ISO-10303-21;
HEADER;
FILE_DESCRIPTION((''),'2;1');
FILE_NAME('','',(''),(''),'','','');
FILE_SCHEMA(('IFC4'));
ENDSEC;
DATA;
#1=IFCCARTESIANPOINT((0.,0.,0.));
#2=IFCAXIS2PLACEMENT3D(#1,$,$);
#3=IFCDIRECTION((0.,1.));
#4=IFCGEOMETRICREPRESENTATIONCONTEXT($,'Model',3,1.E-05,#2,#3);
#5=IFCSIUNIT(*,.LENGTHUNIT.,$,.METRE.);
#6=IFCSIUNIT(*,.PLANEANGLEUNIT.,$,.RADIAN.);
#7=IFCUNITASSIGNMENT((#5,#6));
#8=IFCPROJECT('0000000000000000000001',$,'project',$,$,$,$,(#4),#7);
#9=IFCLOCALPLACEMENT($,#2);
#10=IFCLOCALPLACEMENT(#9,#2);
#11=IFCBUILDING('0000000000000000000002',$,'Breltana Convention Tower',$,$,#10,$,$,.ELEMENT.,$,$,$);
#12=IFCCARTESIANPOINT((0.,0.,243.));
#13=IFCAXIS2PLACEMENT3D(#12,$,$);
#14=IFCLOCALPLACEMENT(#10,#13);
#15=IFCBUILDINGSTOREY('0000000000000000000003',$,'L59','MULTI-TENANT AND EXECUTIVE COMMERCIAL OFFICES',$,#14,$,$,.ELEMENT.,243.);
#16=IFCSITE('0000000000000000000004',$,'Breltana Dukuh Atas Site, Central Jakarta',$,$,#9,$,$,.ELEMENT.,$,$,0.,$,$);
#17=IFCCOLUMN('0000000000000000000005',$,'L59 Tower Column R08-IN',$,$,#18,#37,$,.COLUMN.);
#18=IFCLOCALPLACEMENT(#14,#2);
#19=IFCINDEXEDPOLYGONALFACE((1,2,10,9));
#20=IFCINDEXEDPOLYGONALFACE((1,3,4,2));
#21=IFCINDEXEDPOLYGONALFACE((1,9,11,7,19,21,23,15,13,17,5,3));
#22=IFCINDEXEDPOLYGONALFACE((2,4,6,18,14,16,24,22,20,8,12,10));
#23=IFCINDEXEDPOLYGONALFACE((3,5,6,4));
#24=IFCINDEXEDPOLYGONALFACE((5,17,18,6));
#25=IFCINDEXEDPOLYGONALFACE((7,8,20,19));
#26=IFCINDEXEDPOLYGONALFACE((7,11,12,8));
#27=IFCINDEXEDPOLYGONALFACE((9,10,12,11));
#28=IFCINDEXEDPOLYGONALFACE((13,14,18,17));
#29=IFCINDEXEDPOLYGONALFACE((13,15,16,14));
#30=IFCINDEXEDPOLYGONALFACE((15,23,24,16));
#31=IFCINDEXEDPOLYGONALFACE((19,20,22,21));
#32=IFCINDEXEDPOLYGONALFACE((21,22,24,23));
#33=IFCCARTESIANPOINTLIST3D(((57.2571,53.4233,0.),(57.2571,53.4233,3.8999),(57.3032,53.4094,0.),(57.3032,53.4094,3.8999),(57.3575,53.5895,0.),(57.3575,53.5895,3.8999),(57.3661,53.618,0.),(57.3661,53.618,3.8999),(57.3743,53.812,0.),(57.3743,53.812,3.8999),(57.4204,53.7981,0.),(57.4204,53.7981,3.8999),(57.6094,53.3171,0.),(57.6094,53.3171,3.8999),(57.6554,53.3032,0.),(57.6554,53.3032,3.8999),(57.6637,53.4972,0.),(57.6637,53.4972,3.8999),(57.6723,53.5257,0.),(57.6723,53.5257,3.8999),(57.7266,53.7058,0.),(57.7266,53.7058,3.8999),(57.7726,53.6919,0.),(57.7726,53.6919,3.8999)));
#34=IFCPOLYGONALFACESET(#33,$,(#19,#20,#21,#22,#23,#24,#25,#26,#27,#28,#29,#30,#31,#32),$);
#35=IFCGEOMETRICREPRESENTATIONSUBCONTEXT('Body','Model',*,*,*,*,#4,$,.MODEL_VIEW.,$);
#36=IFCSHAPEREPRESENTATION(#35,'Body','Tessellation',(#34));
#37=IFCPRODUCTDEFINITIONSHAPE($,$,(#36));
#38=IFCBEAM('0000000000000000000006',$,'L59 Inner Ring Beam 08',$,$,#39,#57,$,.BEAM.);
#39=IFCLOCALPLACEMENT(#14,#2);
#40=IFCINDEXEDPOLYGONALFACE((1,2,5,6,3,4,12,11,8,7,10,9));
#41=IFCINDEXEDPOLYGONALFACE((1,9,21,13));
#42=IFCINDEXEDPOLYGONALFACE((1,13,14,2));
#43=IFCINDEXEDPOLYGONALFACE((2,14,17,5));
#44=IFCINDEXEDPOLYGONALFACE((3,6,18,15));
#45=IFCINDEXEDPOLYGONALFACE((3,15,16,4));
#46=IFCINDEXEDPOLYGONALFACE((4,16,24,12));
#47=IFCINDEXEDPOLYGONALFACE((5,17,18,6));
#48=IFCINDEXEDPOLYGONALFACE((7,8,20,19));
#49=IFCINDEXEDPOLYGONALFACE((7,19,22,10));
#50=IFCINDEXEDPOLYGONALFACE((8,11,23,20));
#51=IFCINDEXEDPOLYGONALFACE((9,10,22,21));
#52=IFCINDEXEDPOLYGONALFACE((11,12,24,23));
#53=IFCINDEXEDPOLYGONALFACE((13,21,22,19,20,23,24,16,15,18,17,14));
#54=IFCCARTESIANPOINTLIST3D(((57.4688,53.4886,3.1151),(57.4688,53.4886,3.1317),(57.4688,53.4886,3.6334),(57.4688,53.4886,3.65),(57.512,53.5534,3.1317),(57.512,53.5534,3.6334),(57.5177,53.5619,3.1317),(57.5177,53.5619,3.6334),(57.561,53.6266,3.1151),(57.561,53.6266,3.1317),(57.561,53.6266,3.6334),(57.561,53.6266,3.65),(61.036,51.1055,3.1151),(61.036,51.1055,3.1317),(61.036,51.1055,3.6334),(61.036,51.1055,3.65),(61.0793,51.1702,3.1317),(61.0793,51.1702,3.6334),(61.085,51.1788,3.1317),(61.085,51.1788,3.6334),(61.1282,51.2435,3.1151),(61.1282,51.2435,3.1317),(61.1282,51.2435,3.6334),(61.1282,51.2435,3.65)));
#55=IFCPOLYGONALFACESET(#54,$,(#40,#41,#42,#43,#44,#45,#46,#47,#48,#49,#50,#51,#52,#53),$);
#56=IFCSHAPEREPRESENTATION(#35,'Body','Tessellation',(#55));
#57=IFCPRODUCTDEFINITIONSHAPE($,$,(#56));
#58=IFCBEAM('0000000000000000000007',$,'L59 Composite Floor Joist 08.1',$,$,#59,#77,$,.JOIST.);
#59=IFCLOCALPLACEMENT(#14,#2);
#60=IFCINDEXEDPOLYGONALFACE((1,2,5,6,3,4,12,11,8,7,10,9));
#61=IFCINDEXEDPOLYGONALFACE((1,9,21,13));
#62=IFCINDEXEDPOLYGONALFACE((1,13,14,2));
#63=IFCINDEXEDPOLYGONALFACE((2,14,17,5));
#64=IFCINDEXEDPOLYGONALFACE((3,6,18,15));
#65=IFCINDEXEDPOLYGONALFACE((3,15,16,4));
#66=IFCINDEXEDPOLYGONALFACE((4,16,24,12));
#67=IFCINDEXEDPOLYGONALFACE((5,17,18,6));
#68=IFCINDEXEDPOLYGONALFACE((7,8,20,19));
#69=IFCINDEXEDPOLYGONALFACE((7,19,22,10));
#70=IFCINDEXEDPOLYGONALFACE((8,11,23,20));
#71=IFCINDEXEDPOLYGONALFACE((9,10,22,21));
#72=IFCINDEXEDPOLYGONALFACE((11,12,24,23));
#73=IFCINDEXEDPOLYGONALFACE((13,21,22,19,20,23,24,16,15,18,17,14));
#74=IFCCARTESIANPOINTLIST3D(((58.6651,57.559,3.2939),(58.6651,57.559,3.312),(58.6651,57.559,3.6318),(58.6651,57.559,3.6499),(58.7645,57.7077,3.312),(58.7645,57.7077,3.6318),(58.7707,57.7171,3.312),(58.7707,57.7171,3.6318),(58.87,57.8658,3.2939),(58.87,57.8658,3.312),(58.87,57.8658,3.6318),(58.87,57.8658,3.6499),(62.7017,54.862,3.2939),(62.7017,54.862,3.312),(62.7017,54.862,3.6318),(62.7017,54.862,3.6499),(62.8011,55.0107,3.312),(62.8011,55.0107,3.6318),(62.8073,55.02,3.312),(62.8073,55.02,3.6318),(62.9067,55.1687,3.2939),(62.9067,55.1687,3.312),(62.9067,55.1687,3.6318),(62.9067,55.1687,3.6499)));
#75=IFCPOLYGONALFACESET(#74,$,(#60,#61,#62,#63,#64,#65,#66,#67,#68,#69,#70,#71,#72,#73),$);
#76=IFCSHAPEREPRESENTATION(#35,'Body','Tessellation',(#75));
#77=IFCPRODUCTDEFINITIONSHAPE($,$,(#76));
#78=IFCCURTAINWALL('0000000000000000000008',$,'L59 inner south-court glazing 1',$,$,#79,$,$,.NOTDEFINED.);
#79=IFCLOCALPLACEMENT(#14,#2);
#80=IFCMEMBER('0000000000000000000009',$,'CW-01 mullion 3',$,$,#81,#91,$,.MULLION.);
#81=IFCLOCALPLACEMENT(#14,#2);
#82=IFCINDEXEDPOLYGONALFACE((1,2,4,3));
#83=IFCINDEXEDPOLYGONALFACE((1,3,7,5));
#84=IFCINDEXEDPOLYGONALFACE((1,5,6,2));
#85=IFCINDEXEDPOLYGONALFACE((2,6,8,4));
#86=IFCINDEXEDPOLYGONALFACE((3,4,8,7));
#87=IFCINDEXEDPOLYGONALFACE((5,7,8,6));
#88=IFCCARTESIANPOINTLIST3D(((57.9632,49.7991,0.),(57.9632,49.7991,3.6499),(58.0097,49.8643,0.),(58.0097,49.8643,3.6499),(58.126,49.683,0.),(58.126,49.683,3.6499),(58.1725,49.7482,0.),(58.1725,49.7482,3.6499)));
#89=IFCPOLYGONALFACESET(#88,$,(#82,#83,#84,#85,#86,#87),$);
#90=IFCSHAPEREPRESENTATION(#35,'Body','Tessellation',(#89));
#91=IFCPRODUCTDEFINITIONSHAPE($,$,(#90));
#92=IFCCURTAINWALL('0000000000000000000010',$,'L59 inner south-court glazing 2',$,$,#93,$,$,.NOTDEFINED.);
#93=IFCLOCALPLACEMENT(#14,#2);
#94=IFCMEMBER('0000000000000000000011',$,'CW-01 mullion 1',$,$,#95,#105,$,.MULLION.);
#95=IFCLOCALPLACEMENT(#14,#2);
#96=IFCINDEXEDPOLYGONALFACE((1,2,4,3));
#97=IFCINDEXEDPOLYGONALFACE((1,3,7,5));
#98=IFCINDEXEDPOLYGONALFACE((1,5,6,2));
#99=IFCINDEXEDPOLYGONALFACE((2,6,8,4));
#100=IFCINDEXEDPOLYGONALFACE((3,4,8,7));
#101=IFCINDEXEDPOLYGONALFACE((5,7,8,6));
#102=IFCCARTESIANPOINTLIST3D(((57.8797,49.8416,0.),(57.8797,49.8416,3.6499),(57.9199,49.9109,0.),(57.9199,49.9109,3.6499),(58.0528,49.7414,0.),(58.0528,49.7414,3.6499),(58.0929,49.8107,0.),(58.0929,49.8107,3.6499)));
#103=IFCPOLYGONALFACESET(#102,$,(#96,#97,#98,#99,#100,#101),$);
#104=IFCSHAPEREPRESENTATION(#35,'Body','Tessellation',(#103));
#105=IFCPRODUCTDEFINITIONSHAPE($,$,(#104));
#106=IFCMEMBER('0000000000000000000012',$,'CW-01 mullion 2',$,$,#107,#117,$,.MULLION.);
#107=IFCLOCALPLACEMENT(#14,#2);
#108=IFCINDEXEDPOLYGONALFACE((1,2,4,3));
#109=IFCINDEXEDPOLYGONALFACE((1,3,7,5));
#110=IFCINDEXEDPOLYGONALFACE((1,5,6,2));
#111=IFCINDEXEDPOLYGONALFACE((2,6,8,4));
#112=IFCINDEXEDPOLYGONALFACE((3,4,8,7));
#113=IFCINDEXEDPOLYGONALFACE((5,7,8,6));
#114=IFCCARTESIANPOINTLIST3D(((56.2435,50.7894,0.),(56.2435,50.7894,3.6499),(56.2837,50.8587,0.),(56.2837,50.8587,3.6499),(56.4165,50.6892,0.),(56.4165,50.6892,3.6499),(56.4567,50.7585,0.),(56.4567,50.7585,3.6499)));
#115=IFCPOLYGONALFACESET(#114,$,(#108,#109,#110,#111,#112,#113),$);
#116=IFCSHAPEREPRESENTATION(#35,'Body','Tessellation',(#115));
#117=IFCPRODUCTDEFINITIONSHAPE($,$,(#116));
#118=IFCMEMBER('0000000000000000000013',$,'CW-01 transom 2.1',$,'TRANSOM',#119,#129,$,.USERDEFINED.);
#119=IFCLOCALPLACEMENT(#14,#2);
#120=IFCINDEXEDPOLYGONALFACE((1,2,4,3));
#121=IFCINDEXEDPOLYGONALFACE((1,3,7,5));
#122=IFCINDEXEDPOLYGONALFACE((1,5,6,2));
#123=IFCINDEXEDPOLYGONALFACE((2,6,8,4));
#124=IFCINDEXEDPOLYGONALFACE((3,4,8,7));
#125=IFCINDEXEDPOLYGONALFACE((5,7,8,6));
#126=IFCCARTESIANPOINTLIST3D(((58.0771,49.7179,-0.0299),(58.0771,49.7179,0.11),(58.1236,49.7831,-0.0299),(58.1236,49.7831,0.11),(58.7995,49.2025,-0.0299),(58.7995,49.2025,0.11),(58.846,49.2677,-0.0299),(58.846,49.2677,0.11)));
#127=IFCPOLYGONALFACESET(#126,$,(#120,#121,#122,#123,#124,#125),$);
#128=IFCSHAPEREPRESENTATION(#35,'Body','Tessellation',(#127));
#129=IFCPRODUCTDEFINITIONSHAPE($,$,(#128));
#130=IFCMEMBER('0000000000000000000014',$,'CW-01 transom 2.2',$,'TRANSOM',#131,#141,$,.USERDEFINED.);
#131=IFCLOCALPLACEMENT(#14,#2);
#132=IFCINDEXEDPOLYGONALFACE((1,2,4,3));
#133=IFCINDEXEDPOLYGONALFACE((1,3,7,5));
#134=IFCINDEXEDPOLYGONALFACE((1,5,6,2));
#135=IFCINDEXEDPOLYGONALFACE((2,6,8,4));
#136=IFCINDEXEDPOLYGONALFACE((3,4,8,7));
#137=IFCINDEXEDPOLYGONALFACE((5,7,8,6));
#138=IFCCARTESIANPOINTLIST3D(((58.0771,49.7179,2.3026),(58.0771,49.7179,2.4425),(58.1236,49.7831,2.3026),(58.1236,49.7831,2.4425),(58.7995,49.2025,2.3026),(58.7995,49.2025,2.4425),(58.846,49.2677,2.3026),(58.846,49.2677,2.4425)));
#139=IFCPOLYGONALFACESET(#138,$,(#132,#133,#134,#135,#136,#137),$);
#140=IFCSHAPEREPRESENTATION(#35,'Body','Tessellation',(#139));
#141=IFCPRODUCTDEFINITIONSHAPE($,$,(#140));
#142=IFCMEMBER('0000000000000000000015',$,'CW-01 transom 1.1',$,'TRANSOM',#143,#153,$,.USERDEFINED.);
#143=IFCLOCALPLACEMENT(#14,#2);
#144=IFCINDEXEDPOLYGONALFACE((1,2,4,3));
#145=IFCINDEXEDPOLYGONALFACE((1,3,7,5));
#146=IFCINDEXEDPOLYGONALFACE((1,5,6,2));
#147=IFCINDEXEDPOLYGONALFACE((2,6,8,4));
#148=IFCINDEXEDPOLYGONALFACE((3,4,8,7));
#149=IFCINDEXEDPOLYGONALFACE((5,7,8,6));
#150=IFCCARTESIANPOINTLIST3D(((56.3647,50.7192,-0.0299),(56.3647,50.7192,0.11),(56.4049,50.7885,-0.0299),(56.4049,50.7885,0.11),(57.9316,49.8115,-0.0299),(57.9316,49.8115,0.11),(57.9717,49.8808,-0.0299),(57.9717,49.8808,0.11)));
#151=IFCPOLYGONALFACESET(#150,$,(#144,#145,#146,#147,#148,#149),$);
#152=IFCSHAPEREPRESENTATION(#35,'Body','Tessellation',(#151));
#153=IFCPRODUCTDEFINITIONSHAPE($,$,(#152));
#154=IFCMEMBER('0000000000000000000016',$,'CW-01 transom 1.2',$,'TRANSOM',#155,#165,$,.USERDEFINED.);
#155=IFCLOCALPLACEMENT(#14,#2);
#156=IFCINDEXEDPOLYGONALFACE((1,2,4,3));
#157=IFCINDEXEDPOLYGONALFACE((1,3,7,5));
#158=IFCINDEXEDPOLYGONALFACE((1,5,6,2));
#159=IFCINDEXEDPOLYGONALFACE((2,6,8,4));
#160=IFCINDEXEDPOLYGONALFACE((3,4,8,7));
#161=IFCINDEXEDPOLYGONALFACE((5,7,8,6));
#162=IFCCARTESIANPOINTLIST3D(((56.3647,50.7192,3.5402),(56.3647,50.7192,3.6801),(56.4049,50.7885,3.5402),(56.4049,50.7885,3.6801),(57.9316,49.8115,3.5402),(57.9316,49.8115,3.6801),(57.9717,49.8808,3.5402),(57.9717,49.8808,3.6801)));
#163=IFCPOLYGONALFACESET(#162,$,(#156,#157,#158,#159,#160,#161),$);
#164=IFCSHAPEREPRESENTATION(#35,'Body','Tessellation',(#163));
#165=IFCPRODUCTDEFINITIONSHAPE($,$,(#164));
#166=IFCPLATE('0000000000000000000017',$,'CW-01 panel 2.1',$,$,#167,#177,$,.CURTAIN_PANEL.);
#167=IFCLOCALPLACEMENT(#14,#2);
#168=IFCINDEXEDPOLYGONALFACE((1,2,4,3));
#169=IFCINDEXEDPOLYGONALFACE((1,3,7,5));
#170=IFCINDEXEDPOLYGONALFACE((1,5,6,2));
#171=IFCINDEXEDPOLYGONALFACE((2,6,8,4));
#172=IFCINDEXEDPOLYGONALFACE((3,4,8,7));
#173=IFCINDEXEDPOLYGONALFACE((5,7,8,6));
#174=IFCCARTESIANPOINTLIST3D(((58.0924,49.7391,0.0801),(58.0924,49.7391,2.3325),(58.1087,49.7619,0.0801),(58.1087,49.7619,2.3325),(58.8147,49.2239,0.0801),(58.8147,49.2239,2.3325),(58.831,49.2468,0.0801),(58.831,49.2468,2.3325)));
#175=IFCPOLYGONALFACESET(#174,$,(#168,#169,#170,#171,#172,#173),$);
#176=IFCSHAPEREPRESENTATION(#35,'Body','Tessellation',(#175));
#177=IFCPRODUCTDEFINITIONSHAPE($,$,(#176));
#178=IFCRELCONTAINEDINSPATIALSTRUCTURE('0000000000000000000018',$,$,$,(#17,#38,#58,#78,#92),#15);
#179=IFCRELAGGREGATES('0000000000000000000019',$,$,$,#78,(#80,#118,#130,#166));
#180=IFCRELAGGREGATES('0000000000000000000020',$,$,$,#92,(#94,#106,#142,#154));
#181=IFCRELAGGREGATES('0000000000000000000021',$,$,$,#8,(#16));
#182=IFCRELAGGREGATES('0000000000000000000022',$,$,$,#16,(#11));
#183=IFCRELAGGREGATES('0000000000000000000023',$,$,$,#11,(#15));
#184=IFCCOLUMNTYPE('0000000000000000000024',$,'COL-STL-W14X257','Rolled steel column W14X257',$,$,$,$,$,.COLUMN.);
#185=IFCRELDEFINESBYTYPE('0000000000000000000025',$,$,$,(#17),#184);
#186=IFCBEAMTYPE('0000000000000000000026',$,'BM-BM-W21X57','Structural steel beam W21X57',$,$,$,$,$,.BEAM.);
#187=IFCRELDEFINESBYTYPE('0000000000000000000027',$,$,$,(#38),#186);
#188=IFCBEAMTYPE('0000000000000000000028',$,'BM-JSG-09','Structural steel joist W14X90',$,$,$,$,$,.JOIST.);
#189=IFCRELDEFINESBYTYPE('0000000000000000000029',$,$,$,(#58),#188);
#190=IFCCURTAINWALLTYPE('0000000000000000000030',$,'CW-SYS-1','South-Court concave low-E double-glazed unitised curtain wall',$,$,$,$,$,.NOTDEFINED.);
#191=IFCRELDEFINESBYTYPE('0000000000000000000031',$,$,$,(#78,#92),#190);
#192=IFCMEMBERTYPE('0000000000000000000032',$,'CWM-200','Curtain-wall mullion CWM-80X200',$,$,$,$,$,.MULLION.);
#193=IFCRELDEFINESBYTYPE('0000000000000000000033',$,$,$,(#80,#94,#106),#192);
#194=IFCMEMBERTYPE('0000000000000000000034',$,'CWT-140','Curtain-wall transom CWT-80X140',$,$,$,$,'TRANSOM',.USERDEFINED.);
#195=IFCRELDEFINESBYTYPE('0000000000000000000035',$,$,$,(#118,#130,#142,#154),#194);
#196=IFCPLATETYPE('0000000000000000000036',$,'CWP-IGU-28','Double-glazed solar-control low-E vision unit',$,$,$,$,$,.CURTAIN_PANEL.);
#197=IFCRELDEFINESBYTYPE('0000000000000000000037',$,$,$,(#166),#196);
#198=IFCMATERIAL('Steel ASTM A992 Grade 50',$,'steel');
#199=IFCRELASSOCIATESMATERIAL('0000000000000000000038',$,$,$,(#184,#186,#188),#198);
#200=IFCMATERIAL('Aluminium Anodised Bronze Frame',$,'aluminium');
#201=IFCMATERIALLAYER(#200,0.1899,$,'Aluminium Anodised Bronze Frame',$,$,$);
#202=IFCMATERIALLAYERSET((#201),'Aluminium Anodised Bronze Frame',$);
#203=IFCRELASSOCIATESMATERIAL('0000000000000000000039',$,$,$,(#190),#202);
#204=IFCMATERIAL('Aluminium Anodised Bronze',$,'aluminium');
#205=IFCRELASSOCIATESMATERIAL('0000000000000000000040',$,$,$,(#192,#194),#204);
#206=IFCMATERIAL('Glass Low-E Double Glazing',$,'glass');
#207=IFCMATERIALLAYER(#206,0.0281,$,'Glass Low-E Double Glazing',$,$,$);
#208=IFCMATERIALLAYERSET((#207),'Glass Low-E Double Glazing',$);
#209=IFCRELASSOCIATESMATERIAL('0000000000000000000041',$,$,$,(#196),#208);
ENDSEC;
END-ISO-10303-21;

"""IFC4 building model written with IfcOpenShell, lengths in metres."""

from ifc_helpers import new_model, si_unit, direction, frame, origin, origin_2d, place, context, subcontext, project, spatial, rectangle, i_section, extrude, source, transform, mapped, material, layer, layer_set, material_profile, profile_set, type_object, element, aggregate, save


model = new_model("IFC4")

# Units and contexts
model_context = context("Model", 3, precision=1e-05, world=origin(), true_north=direction((0.0, 1.0)))
body_context = subcontext(model_context, "Body", "Model", "MODEL_VIEW")
ifc_project = project(units=[si_unit("LENGTHUNIT", "METRE"), si_unit("PLANEANGLEUNIT", "RADIAN")], contexts=[model_context])

# Site, building, storey
site_placement = place(None, origin())
site = spatial("IfcSite", under=ifc_project, at=site_placement, Name="Breltana Dukuh Atas Site, Central Jakarta", CompositionType="ELEMENT", RefElevation=0.0)
building_placement = place(site_placement, origin())
building = spatial("IfcBuilding", under=site, at=building_placement, Name="Breltana Convention Tower", CompositionType="ELEMENT")
storey_placement = place(building_placement, frame((0.0, 0.0, 243.0)))
storey = spatial("IfcBuildingStorey", under=building, at=storey_placement, Name="L59", Description="MULTI-TENANT AND EXECUTIVE COMMERCIAL OFFICES", CompositionType="ELEMENT", Elevation=243.0)

# Column
ifc_material_1 = material(Name="Steel ASTM A992 Grade 50", Category="steel")
ifc_material_profile_1 = material_profile(ifc_material_1, i_section(OverallWidth=0.406, OverallDepth=0.416, WebThickness=0.0298, FlangeThickness=0.0481, at=origin_2d()), Name="W14X257")
ifc_profile_set_1 = profile_set([ifc_material_profile_1], Name="Steel ASTM A992 Grade 50")
column_type = type_object("IfcColumnType", Name="COL-STL-W14X257", Description="Rolled steel column W14X257", PredefinedType="COLUMN", material=ifc_profile_set_1)
shared_shape_1 = source(origin(), body_context, "Body", "SweptSolid", [
    extrude(i_section(OverallWidth=0.406, OverallDepth=0.416, WebThickness=0.0298, FlangeThickness=0.0481, at=origin_2d()), origin(), (0.0, 0.0, 1.0), 3.8999),
])
column_placement = place(storey_placement, frame((57.5149, 53.5576, 0.0), z_axis=(0.0, 0.0, 1.0), x_axis=(0.288698, 0.95742, 0.0)))
element("IfcColumn", 1, at=column_placement, inside=storey, type_object=column_type, Name="L59 Tower Column R08-IN", PredefinedType="COLUMN", context=body_context, shape_type="MappedRepresentation", body=[
    mapped(shared_shape_1, transform((0.0, 0.0, 0.0), scale=1.0)),
])

# Beams
ifc_material_profile_2 = material_profile(ifc_material_1, i_section(OverallWidth=0.166, OverallDepth=0.5349, WebThickness=0.0103, FlangeThickness=0.0166, at=origin_2d()), Name="W21X57")
ifc_profile_set_2 = profile_set([ifc_material_profile_2], Name="Steel ASTM A992 Grade 50")
beam_type_1 = type_object("IfcBeamType", Name="BM-BM-W21X57", Description="Structural steel beam W21X57", PredefinedType="BEAM", material=ifc_profile_set_2)
shared_shape_2 = source(origin(), body_context, "Body", "SweptSolid", [
    extrude(i_section(OverallWidth=0.166, OverallDepth=0.5349, WebThickness=0.0103, FlangeThickness=0.0166, at=origin_2d()), origin(), (0.0, 0.0, 1.0), 4.29),
])
beam_1_placement = place(storey_placement, frame((57.5149, 53.5576, 3.3826), z_axis=(0.831516, -0.555501, 0.0), x_axis=(0.555501, 0.831516, 0.0)))
element("IfcBeam", 2, at=beam_1_placement, inside=storey, type_object=beam_type_1, Name="L59 Inner Ring Beam 08", PredefinedType="BEAM", context=body_context, shape_type="MappedRepresentation", body=[
    mapped(shared_shape_2, transform((0.0, 0.0, 0.0), scale=1.0)),
])
ifc_material_profile_3 = material_profile(ifc_material_1, i_section(OverallWidth=0.3689, OverallDepth=0.356, WebThickness=0.0112, FlangeThickness=0.0181, at=origin_2d()), Name="W14X90")
ifc_profile_set_3 = profile_set([ifc_material_profile_3], Name="Steel ASTM A992 Grade 50")
beam_type_2 = type_object("IfcBeamType", Name="BM-JSG-09", Description="Structural steel joist W14X90", PredefinedType="JOIST", material=ifc_profile_set_3)
shared_shape_3 = source(origin(), body_context, "Body", "SweptSolid", [
    extrude(i_section(OverallWidth=0.3689, OverallDepth=0.356, WebThickness=0.0112, FlangeThickness=0.0181, at=origin_2d()), origin(), (0.0, 0.0, 1.0), 4.8547),
])
beam_2_placement = place(storey_placement, frame((58.7676, 57.7124, 3.4719), z_axis=(0.831485, -0.555547, 0.0), x_axis=(0.555547, 0.831485, 0.0)))
element("IfcBeam", 3, at=beam_2_placement, inside=storey, type_object=beam_type_2, Name="L59 Composite Floor Joist 08.1", PredefinedType="JOIST", context=body_context, shape_type="MappedRepresentation", body=[
    mapped(shared_shape_3, transform((0.0, 0.0, 0.0), scale=1.0)),
])

# Curtain wall, member
ifc_material_2 = material(Name="Aluminium Anodised Bronze Frame", Category="aluminium")
ifc_layer_1 = layer(ifc_material_2, 0.1899, Name="Aluminium Anodised Bronze Frame")
ifc_layer_set_1 = layer_set([ifc_layer_1], Name="Aluminium Anodised Bronze Frame")
curtain_wall_type = type_object("IfcCurtainWallType", Name="CW-SYS-1", Description="South-Court concave low-E double-glazed unitised curtain wall", PredefinedType="NOTDEFINED", material=ifc_layer_set_1)
curtain_wall_1_placement = place(storey_placement, origin())
curtain_wall_1 = element("IfcCurtainWall", 4, at=curtain_wall_1_placement, inside=storey, type_object=curtain_wall_type, Name="L59 inner south-court glazing 1", PredefinedType="NOTDEFINED")
ifc_material_3 = material(Name="Aluminium Anodised Bronze", Category="aluminium")
ifc_material_profile_4 = material_profile(ifc_material_3, rectangle(XDim=0.0801, YDim=0.2, at=origin_2d()), Name="CWM-80X200")
ifc_profile_set_4 = profile_set([ifc_material_profile_4], Name="Aluminium Anodised Bronze")
member_type_1 = type_object("IfcMemberType", Name="CWM-200", Description="Curtain-wall mullion CWM-80X200", PredefinedType="MULLION", material=ifc_profile_set_4)
shared_shape_4 = source(origin(), body_context, "Body", "SweptSolid", [
    extrude(rectangle(XDim=0.0801, YDim=0.2, at=origin_2d()), origin(), (0.0, 0.0, 1.0), 3.6499),
])
member_1_placement = place(storey_placement, frame((58.0679, 49.7737, 0.0), z_axis=(0.0, 0.0, 1.0), x_axis=(-0.580679, -0.814132, 0.0)))
member_1 = element("IfcMember", 5, at=member_1_placement, type_object=member_type_1, Name="CW-01 mullion 3", PredefinedType="MULLION", context=body_context, shape_type="MappedRepresentation", body=[
    mapped(shared_shape_4, transform((0.0, 0.0, 0.0), scale=1.0)),
])

# Curtain wall, members
curtain_wall_2_placement = place(storey_placement, origin())
curtain_wall_2 = element("IfcCurtainWall", 6, at=curtain_wall_2_placement, inside=storey, type_object=curtain_wall_type, Name="L59 inner south-court glazing 2", PredefinedType="NOTDEFINED")
member_2_placement = place(storey_placement, frame((57.9863, 49.8262, 0.0), z_axis=(0.0, 0.0, 1.0), x_axis=(-0.50119, -0.865337, 0.0)))
member_2 = element("IfcMember", 7, at=member_2_placement, type_object=member_type_1, Name="CW-01 mullion 1", PredefinedType="MULLION", context=body_context, shape_type="MappedRepresentation", body=[
    mapped(shared_shape_4, transform((0.0, 0.0, 0.0), scale=1.0)),
])
member_3_placement = place(storey_placement, frame((56.3501, 50.7739, 0.0), z_axis=(0.0, 0.0, 1.0), x_axis=(-0.50119, -0.865337, 0.0)))
member_3 = element("IfcMember", 8, at=member_3_placement, type_object=member_type_1, Name="CW-01 mullion 2", PredefinedType="MULLION", context=body_context, shape_type="MappedRepresentation", body=[
    mapped(shared_shape_4, transform((0.0, 0.0, 0.0), scale=1.0)),
])

# Members
ifc_material_profile_5 = material_profile(ifc_material_3, rectangle(XDim=0.0801, YDim=0.1399, at=origin_2d()), Name="CWT-80X140")
ifc_profile_set_5 = profile_set([ifc_material_profile_5], Name="Aluminium Anodised Bronze")
member_type_2 = type_object("IfcMemberType", Name="CWT-140", Description="Curtain-wall transom CWT-80X140", ElementType="TRANSOM", PredefinedType="USERDEFINED", material=ifc_profile_set_5)
shared_shape_5 = source(origin(), body_context, "Body", "SweptSolid", [
    extrude(rectangle(XDim=0.0801, YDim=0.1399, at=origin_2d()), origin(), (0.0, 0.0, 1.0), 0.8875),
])
member_4_placement = place(storey_placement, frame((58.8228, 49.2351, 0.04), z_axis=(-0.814068, 0.58077, 0.0), x_axis=(-0.58077, -0.814068, 0.0)))
member_4 = element("IfcMember", 9, at=member_4_placement, type_object=member_type_2, Name="CW-01 transom 2.1", ObjectType="TRANSOM", PredefinedType="USERDEFINED", context=body_context, shape_type="MappedRepresentation", body=[
    mapped(shared_shape_5, transform((0.0, 0.0, 0.0), scale=1.0)),
])
member_5_placement = place(storey_placement, frame((58.8228, 49.2351, 2.3726), z_axis=(-0.814068, 0.58077, 0.0), x_axis=(-0.58077, -0.814068, 0.0)))
member_5 = element("IfcMember", 10, at=member_5_placement, type_object=member_type_2, Name="CW-01 transom 2.2", ObjectType="TRANSOM", PredefinedType="USERDEFINED", context=body_context, shape_type="MappedRepresentation", body=[
    mapped(shared_shape_5, transform((0.0, 0.0, 0.0), scale=1.0)),
])
shared_shape_6 = source(origin(), body_context, "Body", "SweptSolid", [
    extrude(rectangle(XDim=0.0801, YDim=0.1399, at=origin_2d()), origin(), (0.0, 0.0, 1.0), 1.8108),
])
member_6_placement = place(storey_placement, frame((57.9517, 49.8462, 0.04), z_axis=(-0.865291, 0.50127, 0.0), x_axis=(-0.50127, -0.865291, 0.0)))
member_6 = element("IfcMember", 11, at=member_6_placement, type_object=member_type_2, Name="CW-01 transom 1.1", ObjectType="TRANSOM", PredefinedType="USERDEFINED", context=body_context, shape_type="MappedRepresentation", body=[
    mapped(shared_shape_6, transform((0.0, 0.0, 0.0), scale=1.0)),
])
member_7_placement = place(storey_placement, frame((57.9517, 49.8462, 3.6101), z_axis=(-0.865291, 0.50127, 0.0), x_axis=(-0.50127, -0.865291, 0.0)))
member_7 = element("IfcMember", 12, at=member_7_placement, type_object=member_type_2, Name="CW-01 transom 1.2", ObjectType="TRANSOM", PredefinedType="USERDEFINED", context=body_context, shape_type="MappedRepresentation", body=[
    mapped(shared_shape_6, transform((0.0, 0.0, 0.0), scale=1.0)),
])

# Plate
ifc_material_4 = material(Name="Glass Low-E Double Glazing", Category="glass")
ifc_layer_2 = layer(ifc_material_4, 0.0281, Name="Glass Low-E Double Glazing")
ifc_layer_set_2 = layer_set([ifc_layer_2], Name="Glass Low-E Double Glazing")
plate_type = type_object("IfcPlateType", Name="CWP-IGU-28", Description="Double-glazed solar-control low-E vision unit", PredefinedType="CURTAIN_PANEL", material=ifc_layer_set_2)
shared_shape_7 = source(origin(), body_context, "Body", "SweptSolid", [
    extrude(rectangle(XDim=0.8872, YDim=0.0281, at=origin_2d()), origin(), (0.0, 0.0, 1.0), 2.2524),
])
plate_1_placement = place(storey_placement, frame((58.4617, 49.4929, 0.0801), z_axis=(0.0, 0.0, 1.0), x_axis=(-0.814132, 0.580679, 0.0)))
plate_1 = element("IfcPlate", 13, at=plate_1_placement, type_object=plate_type, Name="CW-01 panel 2.1", PredefinedType="CURTAIN_PANEL", context=body_context, shape_type="MappedRepresentation", body=[
    mapped(shared_shape_7, transform((0.0, 0.0, 0.0), scale=1.0)),
])
aggregate(curtain_wall_1, [member_1, member_4, member_5, plate_1])
aggregate(curtain_wall_2, [member_2, member_3, member_6, member_7])

save(model, "model.ifc")
